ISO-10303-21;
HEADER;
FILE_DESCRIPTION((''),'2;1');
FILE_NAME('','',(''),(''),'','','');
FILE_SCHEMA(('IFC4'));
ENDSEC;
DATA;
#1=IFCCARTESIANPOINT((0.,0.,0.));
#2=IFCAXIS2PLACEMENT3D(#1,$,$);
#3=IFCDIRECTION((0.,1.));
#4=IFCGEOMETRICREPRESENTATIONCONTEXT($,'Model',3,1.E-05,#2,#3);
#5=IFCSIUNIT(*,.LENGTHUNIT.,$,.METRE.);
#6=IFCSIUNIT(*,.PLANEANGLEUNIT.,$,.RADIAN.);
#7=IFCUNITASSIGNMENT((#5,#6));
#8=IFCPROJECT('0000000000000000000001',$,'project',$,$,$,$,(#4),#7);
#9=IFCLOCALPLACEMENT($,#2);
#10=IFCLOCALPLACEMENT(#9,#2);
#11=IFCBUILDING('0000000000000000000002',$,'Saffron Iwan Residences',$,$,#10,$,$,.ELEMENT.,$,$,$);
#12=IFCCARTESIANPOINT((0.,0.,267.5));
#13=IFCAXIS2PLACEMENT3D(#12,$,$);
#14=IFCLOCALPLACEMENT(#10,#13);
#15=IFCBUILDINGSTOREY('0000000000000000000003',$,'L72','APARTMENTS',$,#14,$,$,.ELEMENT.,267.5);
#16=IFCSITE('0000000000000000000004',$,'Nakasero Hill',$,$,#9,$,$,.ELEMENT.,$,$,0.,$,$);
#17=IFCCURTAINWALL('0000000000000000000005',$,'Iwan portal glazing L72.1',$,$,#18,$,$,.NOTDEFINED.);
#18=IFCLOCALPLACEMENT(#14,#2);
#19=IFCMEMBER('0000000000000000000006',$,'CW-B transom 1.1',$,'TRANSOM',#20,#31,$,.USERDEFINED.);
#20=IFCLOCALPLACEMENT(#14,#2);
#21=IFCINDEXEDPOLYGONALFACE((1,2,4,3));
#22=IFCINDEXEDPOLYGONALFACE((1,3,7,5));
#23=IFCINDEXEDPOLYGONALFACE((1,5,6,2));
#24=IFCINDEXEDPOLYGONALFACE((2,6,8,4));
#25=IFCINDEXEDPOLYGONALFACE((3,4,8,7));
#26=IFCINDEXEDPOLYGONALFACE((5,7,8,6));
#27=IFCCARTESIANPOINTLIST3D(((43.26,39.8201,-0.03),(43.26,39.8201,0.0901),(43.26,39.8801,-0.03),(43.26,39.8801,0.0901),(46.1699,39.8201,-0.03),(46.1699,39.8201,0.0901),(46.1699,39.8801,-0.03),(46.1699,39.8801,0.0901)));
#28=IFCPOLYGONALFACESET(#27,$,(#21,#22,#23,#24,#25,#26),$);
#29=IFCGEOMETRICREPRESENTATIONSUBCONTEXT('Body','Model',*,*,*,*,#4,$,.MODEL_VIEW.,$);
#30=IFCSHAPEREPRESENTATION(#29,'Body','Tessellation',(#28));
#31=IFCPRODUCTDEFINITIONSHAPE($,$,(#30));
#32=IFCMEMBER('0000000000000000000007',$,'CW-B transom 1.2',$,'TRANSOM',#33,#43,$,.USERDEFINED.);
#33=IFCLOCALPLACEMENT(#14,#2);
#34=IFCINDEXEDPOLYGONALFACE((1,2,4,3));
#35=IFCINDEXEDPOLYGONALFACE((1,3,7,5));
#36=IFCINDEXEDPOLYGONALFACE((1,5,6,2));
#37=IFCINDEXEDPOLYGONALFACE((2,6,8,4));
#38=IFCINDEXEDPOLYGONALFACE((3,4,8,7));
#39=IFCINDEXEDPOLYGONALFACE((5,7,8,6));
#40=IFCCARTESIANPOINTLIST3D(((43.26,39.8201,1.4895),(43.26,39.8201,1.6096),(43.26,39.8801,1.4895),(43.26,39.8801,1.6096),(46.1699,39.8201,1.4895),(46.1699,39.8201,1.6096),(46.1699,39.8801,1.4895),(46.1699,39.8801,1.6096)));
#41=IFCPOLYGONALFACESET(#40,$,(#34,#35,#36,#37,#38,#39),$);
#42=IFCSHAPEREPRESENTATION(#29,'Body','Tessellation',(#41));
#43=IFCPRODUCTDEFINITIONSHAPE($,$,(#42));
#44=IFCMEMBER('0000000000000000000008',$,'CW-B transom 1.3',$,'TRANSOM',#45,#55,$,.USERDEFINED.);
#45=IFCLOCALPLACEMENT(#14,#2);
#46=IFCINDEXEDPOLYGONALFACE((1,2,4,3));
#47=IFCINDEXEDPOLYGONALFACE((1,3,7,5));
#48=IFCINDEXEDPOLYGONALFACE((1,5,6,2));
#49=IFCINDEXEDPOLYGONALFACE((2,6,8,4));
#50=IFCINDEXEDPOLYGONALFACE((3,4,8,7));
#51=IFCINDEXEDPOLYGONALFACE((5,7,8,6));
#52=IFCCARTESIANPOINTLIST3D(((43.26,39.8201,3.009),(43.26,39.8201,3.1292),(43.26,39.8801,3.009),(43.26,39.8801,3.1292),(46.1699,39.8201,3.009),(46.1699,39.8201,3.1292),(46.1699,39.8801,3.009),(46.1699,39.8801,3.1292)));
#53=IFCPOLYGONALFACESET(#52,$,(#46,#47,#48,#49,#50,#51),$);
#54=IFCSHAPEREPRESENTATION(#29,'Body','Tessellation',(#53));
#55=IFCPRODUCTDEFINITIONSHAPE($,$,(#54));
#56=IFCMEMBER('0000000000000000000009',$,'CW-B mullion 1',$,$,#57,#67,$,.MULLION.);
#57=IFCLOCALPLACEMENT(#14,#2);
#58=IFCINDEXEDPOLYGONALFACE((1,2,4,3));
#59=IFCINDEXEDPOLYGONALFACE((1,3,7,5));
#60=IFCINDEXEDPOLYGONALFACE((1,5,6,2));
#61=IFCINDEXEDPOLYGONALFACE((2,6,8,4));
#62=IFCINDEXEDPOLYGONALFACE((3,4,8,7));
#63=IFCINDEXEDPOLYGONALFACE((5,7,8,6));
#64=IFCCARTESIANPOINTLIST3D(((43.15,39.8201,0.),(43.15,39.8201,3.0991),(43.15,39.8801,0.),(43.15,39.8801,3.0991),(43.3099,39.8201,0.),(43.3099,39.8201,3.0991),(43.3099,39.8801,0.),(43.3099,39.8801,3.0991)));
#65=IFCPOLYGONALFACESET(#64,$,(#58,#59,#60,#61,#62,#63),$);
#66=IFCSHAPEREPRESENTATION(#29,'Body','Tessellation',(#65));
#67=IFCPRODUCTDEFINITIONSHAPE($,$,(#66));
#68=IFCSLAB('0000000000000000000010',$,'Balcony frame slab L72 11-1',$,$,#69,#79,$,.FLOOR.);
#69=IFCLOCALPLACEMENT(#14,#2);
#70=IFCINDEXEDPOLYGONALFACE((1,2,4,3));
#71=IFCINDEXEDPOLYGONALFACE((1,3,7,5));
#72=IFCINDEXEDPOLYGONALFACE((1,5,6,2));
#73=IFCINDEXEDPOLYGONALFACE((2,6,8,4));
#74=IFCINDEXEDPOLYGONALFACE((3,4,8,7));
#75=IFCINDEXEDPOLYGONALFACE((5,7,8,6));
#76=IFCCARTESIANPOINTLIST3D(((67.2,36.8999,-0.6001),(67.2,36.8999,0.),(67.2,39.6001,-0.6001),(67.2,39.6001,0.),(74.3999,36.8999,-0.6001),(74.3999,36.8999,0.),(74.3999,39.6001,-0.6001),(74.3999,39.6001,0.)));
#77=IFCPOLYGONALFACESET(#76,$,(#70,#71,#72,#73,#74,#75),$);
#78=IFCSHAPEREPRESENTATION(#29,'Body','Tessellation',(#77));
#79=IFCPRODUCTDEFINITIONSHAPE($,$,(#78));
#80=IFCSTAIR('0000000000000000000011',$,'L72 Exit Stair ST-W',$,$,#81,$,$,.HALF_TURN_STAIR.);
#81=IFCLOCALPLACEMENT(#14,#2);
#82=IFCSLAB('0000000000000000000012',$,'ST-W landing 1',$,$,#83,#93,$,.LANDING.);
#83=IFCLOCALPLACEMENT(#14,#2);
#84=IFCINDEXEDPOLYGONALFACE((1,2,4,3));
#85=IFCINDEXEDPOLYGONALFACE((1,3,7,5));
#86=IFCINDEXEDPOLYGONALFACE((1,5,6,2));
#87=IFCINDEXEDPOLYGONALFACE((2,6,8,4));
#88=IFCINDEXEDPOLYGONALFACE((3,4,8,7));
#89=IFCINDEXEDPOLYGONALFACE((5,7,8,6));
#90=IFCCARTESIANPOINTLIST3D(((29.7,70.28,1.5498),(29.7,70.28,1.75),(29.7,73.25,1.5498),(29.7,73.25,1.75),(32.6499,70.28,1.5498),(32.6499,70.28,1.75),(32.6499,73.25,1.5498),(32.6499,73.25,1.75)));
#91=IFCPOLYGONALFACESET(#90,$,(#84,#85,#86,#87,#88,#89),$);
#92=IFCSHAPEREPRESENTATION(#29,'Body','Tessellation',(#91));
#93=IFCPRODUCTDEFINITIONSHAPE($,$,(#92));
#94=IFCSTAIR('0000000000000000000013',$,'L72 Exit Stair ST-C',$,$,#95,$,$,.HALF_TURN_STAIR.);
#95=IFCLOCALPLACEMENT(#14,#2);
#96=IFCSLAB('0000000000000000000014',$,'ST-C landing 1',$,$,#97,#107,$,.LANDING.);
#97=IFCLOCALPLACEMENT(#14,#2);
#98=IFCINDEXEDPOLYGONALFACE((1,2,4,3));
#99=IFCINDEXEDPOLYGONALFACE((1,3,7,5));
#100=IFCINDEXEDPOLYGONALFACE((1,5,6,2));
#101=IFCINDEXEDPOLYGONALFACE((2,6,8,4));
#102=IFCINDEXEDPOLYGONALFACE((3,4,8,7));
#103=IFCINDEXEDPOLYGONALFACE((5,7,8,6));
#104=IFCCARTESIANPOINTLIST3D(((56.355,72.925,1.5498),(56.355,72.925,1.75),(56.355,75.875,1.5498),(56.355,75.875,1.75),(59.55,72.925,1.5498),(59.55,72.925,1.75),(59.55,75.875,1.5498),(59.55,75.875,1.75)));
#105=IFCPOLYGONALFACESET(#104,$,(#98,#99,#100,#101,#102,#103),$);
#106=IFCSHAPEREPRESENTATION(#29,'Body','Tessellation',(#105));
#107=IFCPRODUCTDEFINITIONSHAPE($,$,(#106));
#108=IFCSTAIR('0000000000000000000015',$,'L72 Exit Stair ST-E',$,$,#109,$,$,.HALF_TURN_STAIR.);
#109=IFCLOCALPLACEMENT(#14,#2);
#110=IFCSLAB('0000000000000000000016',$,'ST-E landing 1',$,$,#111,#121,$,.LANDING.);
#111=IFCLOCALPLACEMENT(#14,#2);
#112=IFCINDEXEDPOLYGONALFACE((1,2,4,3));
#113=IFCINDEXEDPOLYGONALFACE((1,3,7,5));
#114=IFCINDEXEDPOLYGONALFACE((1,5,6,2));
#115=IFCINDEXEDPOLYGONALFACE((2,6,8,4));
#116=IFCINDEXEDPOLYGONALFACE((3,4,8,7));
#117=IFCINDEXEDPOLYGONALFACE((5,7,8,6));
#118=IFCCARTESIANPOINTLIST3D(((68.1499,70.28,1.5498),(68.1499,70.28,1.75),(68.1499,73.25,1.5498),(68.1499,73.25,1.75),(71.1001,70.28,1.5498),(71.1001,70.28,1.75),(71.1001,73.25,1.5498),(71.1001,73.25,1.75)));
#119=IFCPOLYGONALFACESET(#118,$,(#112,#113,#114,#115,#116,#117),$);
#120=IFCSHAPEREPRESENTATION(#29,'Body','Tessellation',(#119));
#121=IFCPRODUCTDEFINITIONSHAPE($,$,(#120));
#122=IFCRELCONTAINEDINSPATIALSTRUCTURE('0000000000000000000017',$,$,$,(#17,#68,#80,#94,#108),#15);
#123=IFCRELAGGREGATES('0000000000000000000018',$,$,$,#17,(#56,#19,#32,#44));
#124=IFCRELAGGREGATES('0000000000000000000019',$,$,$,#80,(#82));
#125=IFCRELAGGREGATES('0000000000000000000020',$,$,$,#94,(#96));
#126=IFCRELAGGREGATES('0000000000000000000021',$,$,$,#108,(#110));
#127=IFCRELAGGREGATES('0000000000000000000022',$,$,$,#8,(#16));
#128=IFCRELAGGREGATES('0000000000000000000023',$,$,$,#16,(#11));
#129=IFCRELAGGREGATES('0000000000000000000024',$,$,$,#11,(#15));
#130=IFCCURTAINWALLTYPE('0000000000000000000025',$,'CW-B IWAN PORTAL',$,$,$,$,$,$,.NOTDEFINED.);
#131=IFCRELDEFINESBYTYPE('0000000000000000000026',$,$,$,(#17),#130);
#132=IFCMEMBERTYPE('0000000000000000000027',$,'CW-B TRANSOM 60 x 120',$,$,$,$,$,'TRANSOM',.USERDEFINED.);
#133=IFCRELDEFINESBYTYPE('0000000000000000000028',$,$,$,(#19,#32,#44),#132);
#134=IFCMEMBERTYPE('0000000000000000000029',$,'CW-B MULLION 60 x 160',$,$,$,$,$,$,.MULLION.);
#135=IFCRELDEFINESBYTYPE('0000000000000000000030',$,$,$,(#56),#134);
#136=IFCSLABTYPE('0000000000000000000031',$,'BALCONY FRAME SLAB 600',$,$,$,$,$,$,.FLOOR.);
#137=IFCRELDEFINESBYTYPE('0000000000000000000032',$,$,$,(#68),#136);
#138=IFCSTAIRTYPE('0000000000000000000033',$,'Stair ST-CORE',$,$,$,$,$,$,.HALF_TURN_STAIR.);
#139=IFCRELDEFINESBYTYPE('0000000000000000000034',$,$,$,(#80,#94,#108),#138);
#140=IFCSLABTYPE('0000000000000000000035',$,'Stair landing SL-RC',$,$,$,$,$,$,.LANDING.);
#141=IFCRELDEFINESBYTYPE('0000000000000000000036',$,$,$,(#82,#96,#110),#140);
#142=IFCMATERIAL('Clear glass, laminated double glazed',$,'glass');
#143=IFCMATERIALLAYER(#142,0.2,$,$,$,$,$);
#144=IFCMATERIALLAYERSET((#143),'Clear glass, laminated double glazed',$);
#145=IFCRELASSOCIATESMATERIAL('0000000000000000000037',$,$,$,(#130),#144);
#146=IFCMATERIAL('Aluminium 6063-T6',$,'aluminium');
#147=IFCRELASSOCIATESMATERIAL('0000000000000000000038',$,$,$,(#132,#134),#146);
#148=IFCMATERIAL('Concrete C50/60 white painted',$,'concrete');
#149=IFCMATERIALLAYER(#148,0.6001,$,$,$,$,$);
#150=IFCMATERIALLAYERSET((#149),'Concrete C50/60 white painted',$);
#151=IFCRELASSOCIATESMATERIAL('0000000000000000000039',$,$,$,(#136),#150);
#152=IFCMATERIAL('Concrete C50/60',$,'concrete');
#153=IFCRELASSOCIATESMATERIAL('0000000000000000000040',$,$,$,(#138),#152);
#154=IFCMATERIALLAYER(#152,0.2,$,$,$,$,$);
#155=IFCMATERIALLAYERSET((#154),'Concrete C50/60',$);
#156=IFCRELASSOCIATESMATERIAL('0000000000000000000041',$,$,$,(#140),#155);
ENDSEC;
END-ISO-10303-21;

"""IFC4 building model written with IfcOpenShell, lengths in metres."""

from ifc_helpers import new_model, si_unit, direction, frame, origin, origin_2d, place, context, subcontext, project, spatial, polyline, rectangle, outline, extrude, source, transform, mapped, material, layer, layer_set, material_profile, profile_set, type_object, element, aggregate, save


model = new_model("IFC4")

# Units and contexts
model_context = context("Model", 3, precision=1e-05, world=origin(), true_north=direction((0.0, 1.0)))
body_context = subcontext(model_context, "Body", "Model", "MODEL_VIEW")
ifc_project = project(units=[si_unit("LENGTHUNIT", "METRE"), si_unit("PLANEANGLEUNIT", "RADIAN")], contexts=[model_context])

# Site, building, storey
site_placement = place(None, origin())
site = spatial("IfcSite", under=ifc_project, at=site_placement, Name="Nakasero Hill", CompositionType="ELEMENT", RefElevation=0.0)
building_placement = place(site_placement, origin())
building = spatial("IfcBuilding", under=site, at=building_placement, Name="Saffron Iwan Residences", CompositionType="ELEMENT")
storey_placement = place(building_placement, frame((0.0, 0.0, 267.5)))
storey = spatial("IfcBuildingStorey", under=building, at=storey_placement, Name="L72", Description="APARTMENTS", CompositionType="ELEMENT", Elevation=267.5)

# Curtain wall, members
ifc_material_1 = material(Name="Clear glass, laminated double glazed", Category="glass")
ifc_layer_1 = layer(ifc_material_1, 0.2)
ifc_layer_set_1 = layer_set([ifc_layer_1], Name="Clear glass, laminated double glazed")
curtain_wall_type = type_object("IfcCurtainWallType", Name="CW-B IWAN PORTAL", PredefinedType="NOTDEFINED", material=ifc_layer_set_1)
curtain_wall_placement = place(storey_placement, origin())
curtain_wall = element("IfcCurtainWall", 1, at=curtain_wall_placement, inside=storey, type_object=curtain_wall_type, Name="Iwan portal glazing L72.1", PredefinedType="NOTDEFINED")
ifc_material_2 = material(Name="Aluminium 6063-T6", Category="aluminium")
ifc_material_profile_1 = material_profile(ifc_material_2, rectangle(XDim=0.0601, YDim=0.1201, at=origin_2d()), Name="CW-B TRANSOM 60 x 120")
ifc_profile_set_1 = profile_set([ifc_material_profile_1], Name="Aluminium 6063-T6")
member_type_1 = type_object("IfcMemberType", Name="CW-B TRANSOM 60 x 120", ElementType="TRANSOM", PredefinedType="USERDEFINED", material=ifc_profile_set_1)
shared_shape_1 = source(origin(), body_context, "Body", "SweptSolid", [
    extrude(rectangle(XDim=0.0601, YDim=0.1201, at=origin_2d()), origin(), (0.0, 0.0, 1.0), 2.9099),
])
member_1_placement = place(storey_placement, frame((43.26, 39.8501, 0.03), z_axis=(1.0, 0.0, 0.0), x_axis=(0.0, 1.0, 0.0)))
member_1 = element("IfcMember", 2, at=member_1_placement, type_object=member_type_1, Name="CW-B transom 1.1", ObjectType="TRANSOM", PredefinedType="USERDEFINED", context=body_context, shape_type="MappedRepresentation", body=[
    mapped(shared_shape_1, transform((0.0, 0.0, 0.0))),
])
member_2_placement = place(storey_placement, frame((43.26, 39.8501, 1.5496), z_axis=(1.0, 0.0, 0.0), x_axis=(0.0, 1.0, 0.0)))
member_2 = element("IfcMember", 3, at=member_2_placement, type_object=member_type_1, Name="CW-B transom 1.2", ObjectType="TRANSOM", PredefinedType="USERDEFINED", context=body_context, shape_type="MappedRepresentation", body=[
    mapped(shared_shape_1, transform((0.0, 0.0, 0.0))),
])
member_3_placement = place(storey_placement, frame((43.26, 39.8501, 3.0691), z_axis=(1.0, 0.0, 0.0), x_axis=(0.0, 1.0, 0.0)))
member_3 = element("IfcMember", 4, at=member_3_placement, type_object=member_type_1, Name="CW-B transom 1.3", ObjectType="TRANSOM", PredefinedType="USERDEFINED", context=body_context, shape_type="MappedRepresentation", body=[
    mapped(shared_shape_1, transform((0.0, 0.0, 0.0))),
])
ifc_material_profile_2 = material_profile(ifc_material_2, rectangle(XDim=0.0601, YDim=0.1599, at=origin_2d()), Name="CW-B MULLION 60 x 160")
ifc_profile_set_2 = profile_set([ifc_material_profile_2], Name="Aluminium 6063-T6")
member_type_2 = type_object("IfcMemberType", Name="CW-B MULLION 60 x 160", PredefinedType="MULLION", material=ifc_profile_set_2)
shared_shape_2 = source(origin(), body_context, "Body", "SweptSolid", [
    extrude(rectangle(XDim=0.0601, YDim=0.1599, at=origin_2d()), origin(), (0.0, 0.0, 1.0), 3.0991),
])
member_4_placement = place(storey_placement, frame((43.23, 39.8501, 0.0), z_axis=(0.0, 0.0, 1.0), x_axis=(0.0, 1.0, 0.0)))
member_4 = element("IfcMember", 5, at=member_4_placement, type_object=member_type_2, Name="CW-B mullion 1", PredefinedType="MULLION", context=body_context, shape_type="MappedRepresentation", body=[
    mapped(shared_shape_2, transform((0.0, 0.0, 0.0))),
])
aggregate(curtain_wall, [member_4, member_1, member_2, member_3])

# Slab
ifc_material_3 = material(Name="Concrete C50/60 white painted", Category="concrete")
ifc_layer_2 = layer(ifc_material_3, 0.6001)
ifc_layer_set_2 = layer_set([ifc_layer_2], Name="Concrete C50/60 white painted")
slab_type_1 = type_object("IfcSlabType", Name="BALCONY FRAME SLAB 600", PredefinedType="FLOOR", material=ifc_layer_set_2)
slab_1_placement = place(storey_placement, frame((0.0, 0.0, -0.6001)))
element("IfcSlab", 6, at=slab_1_placement, inside=storey, type_object=slab_type_1, Name="Balcony frame slab L72 11-1", PredefinedType="FLOOR", context=body_context, shape_type="SweptSolid", body=[
    extrude(outline(polyline([(67.2, 36.8999), (74.3999, 36.8999), (74.3999, 39.6001), (67.2, 39.6001), (67.2, 36.8999)])), origin(), (0.0, 0.0, 1.0), 0.6001),
])

# Stairs, slabs
ifc_material_4 = material(Name="Concrete C50/60", Category="concrete")
stair_type = type_object("IfcStairType", Name="Stair ST-CORE", PredefinedType="HALF_TURN_STAIR", material=ifc_material_4)
stair_1_placement = place(storey_placement, origin())
stair_1 = element("IfcStair", 7, at=stair_1_placement, inside=storey, type_object=stair_type, Name="L72 Exit Stair ST-W", PredefinedType="HALF_TURN_STAIR")
ifc_layer_3 = layer(ifc_material_4, 0.2)
ifc_layer_set_3 = layer_set([ifc_layer_3], Name="Concrete C50/60")
slab_type_2 = type_object("IfcSlabType", Name="Stair landing SL-RC", PredefinedType="LANDING", material=ifc_layer_set_3)
slab_2_placement = place(storey_placement, frame((0.0, 0.0, 1.5498)))
slab_2 = element("IfcSlab", 8, at=slab_2_placement, type_object=slab_type_2, Name="ST-W landing 1", PredefinedType="LANDING", context=body_context, shape_type="SweptSolid", body=[
    extrude(outline(polyline([(32.6499, 70.28), (32.6499, 73.25), (29.7, 73.25), (29.7, 70.28), (32.6499, 70.28)])), origin(), (0.0, 0.0, 1.0), 0.2002),
])
aggregate(stair_1, [slab_2])
stair_2_placement = place(storey_placement, origin())
stair_2 = element("IfcStair", 9, at=stair_2_placement, inside=storey, type_object=stair_type, Name="L72 Exit Stair ST-C", PredefinedType="HALF_TURN_STAIR")
slab_3_placement = place(storey_placement, frame((0.0, 0.0, 1.5498)))
slab_3 = element("IfcSlab", 10, at=slab_3_placement, type_object=slab_type_2, Name="ST-C landing 1", PredefinedType="LANDING", context=body_context, shape_type="SweptSolid", body=[
    extrude(outline(polyline([(56.355, 72.925), (59.55, 72.925), (59.55, 75.875), (56.355, 75.875), (56.355, 72.925)])), origin(), (0.0, 0.0, 1.0), 0.2002),
])
aggregate(stair_2, [slab_3])
stair_3_placement = place(storey_placement, origin())
stair_3 = element("IfcStair", 11, at=stair_3_placement, inside=storey, type_object=stair_type, Name="L72 Exit Stair ST-E", PredefinedType="HALF_TURN_STAIR")
slab_4_placement = place(storey_placement, frame((0.0, 0.0, 1.5498)))
slab_4 = element("IfcSlab", 12, at=slab_4_placement, type_object=slab_type_2, Name="ST-E landing 1", PredefinedType="LANDING", context=body_context, shape_type="SweptSolid", body=[
    extrude(outline(polyline([(71.1001, 70.28), (71.1001, 73.25), (68.1499, 73.25), (68.1499, 70.28), (71.1001, 70.28)])), origin(), (0.0, 0.0, 1.0), 0.2002),
])
aggregate(stair_3, [slab_4])

save(model, "model.ifc")
